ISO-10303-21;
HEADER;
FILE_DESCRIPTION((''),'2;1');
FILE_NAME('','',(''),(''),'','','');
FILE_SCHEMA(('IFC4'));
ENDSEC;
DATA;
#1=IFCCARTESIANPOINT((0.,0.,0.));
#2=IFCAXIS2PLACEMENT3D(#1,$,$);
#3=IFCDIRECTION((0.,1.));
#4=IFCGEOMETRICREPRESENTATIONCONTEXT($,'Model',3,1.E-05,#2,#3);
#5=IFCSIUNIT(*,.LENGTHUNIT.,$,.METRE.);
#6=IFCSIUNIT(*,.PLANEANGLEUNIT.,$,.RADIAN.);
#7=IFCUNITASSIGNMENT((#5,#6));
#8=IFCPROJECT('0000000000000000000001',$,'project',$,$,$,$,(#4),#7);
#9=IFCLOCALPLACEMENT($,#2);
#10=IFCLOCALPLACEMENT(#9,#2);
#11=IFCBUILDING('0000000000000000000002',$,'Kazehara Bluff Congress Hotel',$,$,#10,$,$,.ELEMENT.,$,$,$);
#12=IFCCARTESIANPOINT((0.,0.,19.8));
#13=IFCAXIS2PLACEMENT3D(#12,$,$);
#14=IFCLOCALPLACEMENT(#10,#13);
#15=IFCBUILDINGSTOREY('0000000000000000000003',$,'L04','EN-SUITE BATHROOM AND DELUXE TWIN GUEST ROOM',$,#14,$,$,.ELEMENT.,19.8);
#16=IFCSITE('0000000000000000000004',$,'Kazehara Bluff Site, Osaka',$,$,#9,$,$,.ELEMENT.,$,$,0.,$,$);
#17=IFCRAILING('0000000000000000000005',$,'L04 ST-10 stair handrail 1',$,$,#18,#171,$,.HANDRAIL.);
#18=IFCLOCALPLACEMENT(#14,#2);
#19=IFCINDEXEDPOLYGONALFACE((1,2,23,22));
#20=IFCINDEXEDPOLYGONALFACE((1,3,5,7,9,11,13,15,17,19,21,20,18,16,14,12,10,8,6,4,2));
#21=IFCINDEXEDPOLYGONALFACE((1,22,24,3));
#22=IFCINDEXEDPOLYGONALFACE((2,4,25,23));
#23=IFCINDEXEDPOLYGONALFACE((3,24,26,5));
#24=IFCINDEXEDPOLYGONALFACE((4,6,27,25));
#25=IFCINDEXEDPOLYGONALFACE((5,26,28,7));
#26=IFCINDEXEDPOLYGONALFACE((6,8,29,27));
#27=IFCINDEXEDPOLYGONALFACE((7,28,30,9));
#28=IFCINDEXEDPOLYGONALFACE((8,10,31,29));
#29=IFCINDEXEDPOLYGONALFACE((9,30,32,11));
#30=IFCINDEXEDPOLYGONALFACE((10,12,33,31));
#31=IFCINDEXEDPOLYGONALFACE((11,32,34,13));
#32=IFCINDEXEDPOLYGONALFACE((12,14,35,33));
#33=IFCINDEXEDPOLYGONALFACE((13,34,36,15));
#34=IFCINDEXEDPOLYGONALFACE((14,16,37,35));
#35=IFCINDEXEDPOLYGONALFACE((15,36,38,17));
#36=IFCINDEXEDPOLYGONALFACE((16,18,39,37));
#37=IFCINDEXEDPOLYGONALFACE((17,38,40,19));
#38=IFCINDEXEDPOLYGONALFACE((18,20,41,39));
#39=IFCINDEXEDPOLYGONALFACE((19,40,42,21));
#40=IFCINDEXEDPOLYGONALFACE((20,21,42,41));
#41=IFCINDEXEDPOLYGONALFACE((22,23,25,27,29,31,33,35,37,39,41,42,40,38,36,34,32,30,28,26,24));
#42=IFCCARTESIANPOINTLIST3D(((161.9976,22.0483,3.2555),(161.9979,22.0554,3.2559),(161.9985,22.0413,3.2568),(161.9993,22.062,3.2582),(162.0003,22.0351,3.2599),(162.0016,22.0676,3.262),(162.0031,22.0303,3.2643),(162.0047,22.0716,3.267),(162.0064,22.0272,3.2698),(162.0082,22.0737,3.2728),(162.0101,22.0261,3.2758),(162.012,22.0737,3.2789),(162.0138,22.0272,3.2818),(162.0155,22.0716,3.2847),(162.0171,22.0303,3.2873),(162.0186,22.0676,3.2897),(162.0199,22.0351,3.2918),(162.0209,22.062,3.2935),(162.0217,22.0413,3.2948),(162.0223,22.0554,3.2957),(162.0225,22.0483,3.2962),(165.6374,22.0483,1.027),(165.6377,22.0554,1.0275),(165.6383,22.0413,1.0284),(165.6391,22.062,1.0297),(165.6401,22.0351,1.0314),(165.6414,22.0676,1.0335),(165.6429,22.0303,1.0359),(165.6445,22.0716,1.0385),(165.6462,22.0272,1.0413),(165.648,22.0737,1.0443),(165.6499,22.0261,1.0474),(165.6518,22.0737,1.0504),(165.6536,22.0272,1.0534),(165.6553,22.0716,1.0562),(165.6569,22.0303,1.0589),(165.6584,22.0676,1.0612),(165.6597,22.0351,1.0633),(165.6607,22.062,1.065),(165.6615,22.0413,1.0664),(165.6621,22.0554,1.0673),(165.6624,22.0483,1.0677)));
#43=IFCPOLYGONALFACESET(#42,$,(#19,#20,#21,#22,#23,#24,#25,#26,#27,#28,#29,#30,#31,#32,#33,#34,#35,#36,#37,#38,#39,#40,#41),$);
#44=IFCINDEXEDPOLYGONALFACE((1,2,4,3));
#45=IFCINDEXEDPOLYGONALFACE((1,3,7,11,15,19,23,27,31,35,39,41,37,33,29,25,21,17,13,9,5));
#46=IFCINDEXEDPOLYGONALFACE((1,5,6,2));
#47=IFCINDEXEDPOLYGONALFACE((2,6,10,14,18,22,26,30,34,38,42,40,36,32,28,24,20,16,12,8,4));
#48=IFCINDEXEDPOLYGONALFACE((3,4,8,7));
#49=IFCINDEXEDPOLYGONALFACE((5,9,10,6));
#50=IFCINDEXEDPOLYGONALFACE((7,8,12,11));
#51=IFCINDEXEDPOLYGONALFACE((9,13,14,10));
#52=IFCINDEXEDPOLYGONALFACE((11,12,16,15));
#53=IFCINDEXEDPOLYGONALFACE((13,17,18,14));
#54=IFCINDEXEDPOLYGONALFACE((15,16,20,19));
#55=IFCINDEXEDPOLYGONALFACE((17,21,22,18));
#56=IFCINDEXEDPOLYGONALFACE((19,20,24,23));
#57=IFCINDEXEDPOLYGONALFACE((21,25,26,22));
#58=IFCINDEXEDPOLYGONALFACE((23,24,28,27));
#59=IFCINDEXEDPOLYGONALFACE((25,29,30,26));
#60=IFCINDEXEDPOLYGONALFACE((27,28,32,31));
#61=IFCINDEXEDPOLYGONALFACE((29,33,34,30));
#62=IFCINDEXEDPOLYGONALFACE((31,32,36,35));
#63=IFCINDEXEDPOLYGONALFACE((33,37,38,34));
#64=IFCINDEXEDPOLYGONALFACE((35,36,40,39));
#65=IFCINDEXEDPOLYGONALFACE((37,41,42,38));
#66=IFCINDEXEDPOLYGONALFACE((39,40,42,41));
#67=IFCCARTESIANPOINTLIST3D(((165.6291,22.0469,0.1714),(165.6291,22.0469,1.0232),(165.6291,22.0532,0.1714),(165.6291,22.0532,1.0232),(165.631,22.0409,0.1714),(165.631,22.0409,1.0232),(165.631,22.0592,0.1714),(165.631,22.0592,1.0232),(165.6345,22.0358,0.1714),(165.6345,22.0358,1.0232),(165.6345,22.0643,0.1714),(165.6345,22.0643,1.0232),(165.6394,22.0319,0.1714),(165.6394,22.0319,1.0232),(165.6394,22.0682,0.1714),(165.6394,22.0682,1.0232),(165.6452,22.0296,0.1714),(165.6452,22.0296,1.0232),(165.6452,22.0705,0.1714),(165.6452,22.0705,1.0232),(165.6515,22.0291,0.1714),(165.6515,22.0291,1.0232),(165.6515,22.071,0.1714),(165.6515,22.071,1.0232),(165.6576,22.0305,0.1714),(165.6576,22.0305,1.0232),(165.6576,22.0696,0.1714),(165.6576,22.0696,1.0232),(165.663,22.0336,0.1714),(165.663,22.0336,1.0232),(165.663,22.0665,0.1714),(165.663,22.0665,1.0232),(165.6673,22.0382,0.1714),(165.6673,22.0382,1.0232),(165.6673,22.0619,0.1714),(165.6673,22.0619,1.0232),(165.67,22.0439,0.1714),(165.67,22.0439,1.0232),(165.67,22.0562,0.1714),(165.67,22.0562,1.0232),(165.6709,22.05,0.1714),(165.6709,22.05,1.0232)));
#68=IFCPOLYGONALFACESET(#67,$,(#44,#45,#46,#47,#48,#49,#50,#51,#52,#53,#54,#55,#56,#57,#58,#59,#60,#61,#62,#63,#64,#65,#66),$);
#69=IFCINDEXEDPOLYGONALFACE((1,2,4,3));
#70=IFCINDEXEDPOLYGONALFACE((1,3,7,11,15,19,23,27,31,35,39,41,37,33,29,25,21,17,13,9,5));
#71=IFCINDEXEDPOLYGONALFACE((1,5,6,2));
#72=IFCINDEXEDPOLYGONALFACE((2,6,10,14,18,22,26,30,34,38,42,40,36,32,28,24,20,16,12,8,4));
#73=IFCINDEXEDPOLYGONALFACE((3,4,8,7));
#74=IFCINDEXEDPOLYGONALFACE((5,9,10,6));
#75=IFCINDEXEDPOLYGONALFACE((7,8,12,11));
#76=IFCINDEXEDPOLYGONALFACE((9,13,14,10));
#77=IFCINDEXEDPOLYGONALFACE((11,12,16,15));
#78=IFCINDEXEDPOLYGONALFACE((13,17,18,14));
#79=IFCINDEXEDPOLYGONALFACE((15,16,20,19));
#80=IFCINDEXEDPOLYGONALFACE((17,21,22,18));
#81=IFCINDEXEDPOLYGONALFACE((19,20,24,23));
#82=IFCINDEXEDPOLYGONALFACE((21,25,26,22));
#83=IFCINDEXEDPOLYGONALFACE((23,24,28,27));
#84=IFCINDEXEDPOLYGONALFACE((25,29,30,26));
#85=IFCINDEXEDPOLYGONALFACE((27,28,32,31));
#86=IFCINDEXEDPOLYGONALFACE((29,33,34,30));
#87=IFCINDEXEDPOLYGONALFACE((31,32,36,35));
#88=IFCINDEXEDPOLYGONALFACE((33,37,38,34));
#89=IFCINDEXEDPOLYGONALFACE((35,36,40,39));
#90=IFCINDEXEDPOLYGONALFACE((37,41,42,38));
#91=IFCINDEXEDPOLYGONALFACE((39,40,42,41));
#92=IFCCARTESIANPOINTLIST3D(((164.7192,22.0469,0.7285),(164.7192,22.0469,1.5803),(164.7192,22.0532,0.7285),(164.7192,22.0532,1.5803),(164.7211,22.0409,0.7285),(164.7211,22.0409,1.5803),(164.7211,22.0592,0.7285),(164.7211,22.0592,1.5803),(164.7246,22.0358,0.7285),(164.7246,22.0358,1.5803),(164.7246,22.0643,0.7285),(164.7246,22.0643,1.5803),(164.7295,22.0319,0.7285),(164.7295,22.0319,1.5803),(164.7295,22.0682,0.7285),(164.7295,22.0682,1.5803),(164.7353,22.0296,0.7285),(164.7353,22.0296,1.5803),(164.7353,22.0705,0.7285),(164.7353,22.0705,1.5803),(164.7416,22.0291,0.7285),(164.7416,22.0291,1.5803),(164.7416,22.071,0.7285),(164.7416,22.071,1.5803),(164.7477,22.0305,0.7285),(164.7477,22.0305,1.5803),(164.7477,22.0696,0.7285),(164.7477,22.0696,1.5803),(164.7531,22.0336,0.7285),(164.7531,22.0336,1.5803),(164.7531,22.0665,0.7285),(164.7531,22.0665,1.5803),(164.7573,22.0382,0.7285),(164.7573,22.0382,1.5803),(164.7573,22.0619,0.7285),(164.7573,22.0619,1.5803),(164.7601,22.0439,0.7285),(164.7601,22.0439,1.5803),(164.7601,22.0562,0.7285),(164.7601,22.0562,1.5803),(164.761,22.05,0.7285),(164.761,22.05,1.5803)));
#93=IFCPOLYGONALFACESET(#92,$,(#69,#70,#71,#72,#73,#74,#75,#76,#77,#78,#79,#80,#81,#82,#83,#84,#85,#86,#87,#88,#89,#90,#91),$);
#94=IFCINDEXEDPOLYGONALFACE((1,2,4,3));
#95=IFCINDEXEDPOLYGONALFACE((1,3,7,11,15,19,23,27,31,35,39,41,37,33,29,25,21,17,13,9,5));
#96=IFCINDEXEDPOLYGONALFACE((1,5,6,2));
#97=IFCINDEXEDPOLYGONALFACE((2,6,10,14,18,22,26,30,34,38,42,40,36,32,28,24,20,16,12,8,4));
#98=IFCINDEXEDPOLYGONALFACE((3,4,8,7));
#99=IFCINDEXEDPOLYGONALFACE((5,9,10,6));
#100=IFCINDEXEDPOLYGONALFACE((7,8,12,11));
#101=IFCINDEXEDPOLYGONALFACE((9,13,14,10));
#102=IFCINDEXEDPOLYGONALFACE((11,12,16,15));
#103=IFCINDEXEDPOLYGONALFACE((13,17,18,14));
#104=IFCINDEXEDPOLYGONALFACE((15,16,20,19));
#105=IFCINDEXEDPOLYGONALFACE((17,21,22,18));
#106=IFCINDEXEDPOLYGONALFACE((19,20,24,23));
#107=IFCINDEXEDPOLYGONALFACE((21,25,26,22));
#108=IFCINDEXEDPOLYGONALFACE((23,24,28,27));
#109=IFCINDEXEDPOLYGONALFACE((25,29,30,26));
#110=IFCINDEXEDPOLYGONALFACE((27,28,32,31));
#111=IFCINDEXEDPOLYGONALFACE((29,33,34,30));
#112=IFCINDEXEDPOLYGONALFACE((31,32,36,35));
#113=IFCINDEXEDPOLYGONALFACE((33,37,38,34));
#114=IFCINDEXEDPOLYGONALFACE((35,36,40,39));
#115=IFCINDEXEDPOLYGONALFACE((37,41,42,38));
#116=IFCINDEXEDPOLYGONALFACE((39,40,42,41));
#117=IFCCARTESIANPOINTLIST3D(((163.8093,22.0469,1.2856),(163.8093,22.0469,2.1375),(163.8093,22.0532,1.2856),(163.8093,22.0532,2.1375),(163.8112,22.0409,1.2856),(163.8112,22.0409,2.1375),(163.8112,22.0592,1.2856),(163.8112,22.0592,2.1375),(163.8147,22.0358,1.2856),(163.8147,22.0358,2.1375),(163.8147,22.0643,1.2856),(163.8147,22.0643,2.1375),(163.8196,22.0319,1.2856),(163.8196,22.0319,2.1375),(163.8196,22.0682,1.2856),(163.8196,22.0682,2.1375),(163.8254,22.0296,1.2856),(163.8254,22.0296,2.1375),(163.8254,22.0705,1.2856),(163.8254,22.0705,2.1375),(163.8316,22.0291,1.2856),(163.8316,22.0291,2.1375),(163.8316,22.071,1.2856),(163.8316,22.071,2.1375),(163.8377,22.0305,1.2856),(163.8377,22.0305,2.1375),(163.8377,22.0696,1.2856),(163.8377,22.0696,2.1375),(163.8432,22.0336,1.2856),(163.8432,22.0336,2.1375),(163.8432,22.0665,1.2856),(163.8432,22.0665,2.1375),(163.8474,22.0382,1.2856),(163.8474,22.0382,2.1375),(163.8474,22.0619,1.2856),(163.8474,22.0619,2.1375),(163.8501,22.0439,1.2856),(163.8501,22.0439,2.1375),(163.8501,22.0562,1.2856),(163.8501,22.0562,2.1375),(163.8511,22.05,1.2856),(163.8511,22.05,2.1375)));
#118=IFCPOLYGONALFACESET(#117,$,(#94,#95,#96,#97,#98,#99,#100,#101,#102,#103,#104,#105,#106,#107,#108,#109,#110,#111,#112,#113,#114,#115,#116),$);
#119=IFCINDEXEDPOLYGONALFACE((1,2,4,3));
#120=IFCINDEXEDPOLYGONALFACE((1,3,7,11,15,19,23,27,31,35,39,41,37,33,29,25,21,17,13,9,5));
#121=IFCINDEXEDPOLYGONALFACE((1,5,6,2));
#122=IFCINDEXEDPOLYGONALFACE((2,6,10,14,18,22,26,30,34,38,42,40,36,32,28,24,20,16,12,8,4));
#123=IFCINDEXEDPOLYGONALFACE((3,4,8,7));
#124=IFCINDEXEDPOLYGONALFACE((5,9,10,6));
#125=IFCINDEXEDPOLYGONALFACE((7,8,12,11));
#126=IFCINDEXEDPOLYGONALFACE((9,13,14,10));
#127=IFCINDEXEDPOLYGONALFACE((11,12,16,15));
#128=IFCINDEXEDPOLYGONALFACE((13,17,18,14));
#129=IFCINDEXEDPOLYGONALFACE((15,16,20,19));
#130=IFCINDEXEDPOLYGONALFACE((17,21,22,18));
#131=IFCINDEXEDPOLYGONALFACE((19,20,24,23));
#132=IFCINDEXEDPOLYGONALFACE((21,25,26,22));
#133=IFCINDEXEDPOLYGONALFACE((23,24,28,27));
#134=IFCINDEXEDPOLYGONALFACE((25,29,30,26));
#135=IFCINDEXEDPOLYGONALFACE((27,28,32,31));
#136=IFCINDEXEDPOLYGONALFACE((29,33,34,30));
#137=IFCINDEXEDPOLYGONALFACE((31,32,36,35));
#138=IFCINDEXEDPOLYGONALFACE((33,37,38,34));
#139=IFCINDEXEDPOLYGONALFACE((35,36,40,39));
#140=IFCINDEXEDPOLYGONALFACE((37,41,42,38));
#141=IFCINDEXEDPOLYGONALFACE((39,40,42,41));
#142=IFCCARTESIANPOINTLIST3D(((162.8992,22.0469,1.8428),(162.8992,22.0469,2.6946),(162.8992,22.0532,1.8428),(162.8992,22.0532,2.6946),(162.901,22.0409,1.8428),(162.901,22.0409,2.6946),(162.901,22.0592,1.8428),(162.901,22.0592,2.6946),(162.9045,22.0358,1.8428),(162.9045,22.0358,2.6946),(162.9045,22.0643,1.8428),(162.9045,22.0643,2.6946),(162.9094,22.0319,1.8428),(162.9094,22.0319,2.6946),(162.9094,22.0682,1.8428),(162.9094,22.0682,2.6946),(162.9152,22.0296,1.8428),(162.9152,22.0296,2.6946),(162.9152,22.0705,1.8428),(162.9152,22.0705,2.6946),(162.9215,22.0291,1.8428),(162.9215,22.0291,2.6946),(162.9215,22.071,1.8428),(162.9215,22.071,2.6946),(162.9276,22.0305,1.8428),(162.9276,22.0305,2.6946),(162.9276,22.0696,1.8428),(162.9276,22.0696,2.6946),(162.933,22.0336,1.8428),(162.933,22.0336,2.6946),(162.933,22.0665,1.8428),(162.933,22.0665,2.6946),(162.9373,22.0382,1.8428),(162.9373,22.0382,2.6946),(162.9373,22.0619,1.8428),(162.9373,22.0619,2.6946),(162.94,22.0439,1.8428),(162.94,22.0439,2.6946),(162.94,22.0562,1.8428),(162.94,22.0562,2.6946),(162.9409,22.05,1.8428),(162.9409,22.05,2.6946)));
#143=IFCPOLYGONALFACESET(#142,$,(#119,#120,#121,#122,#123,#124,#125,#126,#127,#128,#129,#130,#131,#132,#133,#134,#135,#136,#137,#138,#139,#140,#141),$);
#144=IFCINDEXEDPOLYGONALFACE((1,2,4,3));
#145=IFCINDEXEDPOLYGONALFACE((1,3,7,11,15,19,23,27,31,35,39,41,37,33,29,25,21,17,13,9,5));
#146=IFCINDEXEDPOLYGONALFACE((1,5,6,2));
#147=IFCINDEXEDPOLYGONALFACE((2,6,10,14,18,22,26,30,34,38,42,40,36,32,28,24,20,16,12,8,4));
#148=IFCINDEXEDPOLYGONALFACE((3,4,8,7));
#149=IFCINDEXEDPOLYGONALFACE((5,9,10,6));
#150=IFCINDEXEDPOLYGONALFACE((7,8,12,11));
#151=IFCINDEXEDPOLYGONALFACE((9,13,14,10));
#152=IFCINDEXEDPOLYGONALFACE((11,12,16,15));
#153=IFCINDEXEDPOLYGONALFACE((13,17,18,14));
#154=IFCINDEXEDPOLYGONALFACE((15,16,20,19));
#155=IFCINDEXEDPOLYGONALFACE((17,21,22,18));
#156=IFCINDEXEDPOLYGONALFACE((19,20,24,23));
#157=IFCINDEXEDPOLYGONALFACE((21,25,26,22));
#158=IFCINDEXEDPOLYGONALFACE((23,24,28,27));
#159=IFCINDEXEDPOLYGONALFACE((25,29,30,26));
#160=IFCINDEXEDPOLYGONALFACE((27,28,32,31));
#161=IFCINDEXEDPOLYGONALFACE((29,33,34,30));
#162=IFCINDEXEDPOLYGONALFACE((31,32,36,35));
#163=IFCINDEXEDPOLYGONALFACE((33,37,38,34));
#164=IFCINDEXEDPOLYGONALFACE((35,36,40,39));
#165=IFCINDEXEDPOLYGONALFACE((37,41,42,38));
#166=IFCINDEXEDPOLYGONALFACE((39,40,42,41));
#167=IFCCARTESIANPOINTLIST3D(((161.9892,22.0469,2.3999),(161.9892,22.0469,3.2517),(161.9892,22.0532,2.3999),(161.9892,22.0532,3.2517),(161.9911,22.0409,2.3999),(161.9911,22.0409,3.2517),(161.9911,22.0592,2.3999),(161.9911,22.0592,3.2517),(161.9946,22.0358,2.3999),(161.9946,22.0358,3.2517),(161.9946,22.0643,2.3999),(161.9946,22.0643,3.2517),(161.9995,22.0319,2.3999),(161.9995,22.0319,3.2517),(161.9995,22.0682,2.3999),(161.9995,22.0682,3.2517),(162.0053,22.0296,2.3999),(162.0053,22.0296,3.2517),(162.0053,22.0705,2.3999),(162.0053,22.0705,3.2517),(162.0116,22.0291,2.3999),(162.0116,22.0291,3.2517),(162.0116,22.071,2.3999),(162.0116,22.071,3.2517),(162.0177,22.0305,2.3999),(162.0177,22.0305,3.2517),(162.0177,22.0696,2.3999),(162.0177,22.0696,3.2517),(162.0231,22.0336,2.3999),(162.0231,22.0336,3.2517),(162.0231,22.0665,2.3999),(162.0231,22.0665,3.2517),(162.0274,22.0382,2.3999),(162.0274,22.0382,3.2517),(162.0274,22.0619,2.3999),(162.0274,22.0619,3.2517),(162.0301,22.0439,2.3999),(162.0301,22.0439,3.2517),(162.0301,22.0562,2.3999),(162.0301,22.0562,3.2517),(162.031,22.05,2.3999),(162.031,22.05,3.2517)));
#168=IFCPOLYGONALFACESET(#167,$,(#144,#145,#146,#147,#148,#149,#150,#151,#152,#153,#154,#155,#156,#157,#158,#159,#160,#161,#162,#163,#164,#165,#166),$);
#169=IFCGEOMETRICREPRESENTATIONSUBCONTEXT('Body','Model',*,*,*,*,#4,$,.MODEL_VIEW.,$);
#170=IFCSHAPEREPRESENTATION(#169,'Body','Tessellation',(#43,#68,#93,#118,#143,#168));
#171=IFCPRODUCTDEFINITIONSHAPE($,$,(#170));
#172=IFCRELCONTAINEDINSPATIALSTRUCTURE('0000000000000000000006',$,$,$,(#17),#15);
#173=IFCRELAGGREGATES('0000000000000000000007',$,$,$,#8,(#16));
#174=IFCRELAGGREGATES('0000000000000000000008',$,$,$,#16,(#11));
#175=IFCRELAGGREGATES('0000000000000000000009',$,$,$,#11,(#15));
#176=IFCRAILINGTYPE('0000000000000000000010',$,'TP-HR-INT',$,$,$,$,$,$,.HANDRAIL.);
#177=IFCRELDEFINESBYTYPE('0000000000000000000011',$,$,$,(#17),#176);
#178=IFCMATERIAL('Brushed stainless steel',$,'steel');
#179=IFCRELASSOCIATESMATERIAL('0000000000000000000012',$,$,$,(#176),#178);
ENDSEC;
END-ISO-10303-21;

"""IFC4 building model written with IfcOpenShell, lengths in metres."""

from ifc_helpers import new_model, si_unit, direction, frame, origin, origin_2d, place, context, subcontext, project, spatial, circle, extrude, material, type_object, element, save


model = new_model("IFC4")

# Units and contexts
model_context = context("Model", 3, precision=1e-05, world=origin(), true_north=direction((0.0, 1.0)))
body_context = subcontext(model_context, "Body", "Model", "MODEL_VIEW")
ifc_project = project(units=[si_unit("LENGTHUNIT", "METRE"), si_unit("PLANEANGLEUNIT", "RADIAN")], contexts=[model_context])

# Site, building, storey
site_placement = place(None, origin())
site = spatial("IfcSite", under=ifc_project, at=site_placement, Name="Kazehara Bluff Site, Osaka", CompositionType="ELEMENT", RefElevation=0.0)
building_placement = place(site_placement, origin())
building = spatial("IfcBuilding", under=site, at=building_placement, Name="Kazehara Bluff Congress Hotel", CompositionType="ELEMENT")
storey_placement = place(building_placement, frame((0.0, 0.0, 19.8)))
storey = spatial("IfcBuildingStorey", under=building, at=storey_placement, Name="L04", Description="EN-SUITE BATHROOM AND DELUXE TWIN GUEST ROOM", CompositionType="ELEMENT", Elevation=19.8)

# Railing
ifc_material_1 = material(Name="Brushed stainless steel", Category="steel")
railing_type_1 = type_object("IfcRailingType", Name="TP-HR-INT", PredefinedType="HANDRAIL", material=ifc_material_1)
railing_1_placement = place(storey_placement, frame((165.6499, 22.05, 0.1714)))
element("IfcRailing", 1, at=railing_1_placement, inside=storey, type_object=railing_type_1, Name="L04 ST-10 stair handrail 1", PredefinedType="HANDRAIL", context=body_context, shape_type="SweptSolid", body=[
    extrude(circle(Radius=0.0239, at=origin_2d()), frame((0.0, 0.0, 0.876), z_axis=(-0.85285, 0.0, 0.522156), x_axis=(0.0, -1.0, 0.0)), (0.0, 0.0, 1.0), 4.2678),
    extrude(circle(Radius=0.021, at=origin_2d()), origin(), (0.0, 0.0, 1.0), 0.8518),
    extrude(circle(Radius=0.021, at=origin_2d()), frame((-0.9099, 0.0, 0.5571)), (0.0, 0.0, 1.0), 0.8518),
    extrude(circle(Radius=0.021, at=origin_2d()), frame((-1.8198, 0.0, 1.1143)), (0.0, 0.0, 1.0), 0.8518),
    extrude(circle(Radius=0.021, at=origin_2d()), frame((-2.73, 0.0, 1.6714)), (0.0, 0.0, 1.0), 0.8518),
    extrude(circle(Radius=0.021, at=origin_2d()), frame((-3.6399, 0.0, 2.2285)), (0.0, 0.0, 1.0), 0.8518),
])

save(model, "model.ifc")
